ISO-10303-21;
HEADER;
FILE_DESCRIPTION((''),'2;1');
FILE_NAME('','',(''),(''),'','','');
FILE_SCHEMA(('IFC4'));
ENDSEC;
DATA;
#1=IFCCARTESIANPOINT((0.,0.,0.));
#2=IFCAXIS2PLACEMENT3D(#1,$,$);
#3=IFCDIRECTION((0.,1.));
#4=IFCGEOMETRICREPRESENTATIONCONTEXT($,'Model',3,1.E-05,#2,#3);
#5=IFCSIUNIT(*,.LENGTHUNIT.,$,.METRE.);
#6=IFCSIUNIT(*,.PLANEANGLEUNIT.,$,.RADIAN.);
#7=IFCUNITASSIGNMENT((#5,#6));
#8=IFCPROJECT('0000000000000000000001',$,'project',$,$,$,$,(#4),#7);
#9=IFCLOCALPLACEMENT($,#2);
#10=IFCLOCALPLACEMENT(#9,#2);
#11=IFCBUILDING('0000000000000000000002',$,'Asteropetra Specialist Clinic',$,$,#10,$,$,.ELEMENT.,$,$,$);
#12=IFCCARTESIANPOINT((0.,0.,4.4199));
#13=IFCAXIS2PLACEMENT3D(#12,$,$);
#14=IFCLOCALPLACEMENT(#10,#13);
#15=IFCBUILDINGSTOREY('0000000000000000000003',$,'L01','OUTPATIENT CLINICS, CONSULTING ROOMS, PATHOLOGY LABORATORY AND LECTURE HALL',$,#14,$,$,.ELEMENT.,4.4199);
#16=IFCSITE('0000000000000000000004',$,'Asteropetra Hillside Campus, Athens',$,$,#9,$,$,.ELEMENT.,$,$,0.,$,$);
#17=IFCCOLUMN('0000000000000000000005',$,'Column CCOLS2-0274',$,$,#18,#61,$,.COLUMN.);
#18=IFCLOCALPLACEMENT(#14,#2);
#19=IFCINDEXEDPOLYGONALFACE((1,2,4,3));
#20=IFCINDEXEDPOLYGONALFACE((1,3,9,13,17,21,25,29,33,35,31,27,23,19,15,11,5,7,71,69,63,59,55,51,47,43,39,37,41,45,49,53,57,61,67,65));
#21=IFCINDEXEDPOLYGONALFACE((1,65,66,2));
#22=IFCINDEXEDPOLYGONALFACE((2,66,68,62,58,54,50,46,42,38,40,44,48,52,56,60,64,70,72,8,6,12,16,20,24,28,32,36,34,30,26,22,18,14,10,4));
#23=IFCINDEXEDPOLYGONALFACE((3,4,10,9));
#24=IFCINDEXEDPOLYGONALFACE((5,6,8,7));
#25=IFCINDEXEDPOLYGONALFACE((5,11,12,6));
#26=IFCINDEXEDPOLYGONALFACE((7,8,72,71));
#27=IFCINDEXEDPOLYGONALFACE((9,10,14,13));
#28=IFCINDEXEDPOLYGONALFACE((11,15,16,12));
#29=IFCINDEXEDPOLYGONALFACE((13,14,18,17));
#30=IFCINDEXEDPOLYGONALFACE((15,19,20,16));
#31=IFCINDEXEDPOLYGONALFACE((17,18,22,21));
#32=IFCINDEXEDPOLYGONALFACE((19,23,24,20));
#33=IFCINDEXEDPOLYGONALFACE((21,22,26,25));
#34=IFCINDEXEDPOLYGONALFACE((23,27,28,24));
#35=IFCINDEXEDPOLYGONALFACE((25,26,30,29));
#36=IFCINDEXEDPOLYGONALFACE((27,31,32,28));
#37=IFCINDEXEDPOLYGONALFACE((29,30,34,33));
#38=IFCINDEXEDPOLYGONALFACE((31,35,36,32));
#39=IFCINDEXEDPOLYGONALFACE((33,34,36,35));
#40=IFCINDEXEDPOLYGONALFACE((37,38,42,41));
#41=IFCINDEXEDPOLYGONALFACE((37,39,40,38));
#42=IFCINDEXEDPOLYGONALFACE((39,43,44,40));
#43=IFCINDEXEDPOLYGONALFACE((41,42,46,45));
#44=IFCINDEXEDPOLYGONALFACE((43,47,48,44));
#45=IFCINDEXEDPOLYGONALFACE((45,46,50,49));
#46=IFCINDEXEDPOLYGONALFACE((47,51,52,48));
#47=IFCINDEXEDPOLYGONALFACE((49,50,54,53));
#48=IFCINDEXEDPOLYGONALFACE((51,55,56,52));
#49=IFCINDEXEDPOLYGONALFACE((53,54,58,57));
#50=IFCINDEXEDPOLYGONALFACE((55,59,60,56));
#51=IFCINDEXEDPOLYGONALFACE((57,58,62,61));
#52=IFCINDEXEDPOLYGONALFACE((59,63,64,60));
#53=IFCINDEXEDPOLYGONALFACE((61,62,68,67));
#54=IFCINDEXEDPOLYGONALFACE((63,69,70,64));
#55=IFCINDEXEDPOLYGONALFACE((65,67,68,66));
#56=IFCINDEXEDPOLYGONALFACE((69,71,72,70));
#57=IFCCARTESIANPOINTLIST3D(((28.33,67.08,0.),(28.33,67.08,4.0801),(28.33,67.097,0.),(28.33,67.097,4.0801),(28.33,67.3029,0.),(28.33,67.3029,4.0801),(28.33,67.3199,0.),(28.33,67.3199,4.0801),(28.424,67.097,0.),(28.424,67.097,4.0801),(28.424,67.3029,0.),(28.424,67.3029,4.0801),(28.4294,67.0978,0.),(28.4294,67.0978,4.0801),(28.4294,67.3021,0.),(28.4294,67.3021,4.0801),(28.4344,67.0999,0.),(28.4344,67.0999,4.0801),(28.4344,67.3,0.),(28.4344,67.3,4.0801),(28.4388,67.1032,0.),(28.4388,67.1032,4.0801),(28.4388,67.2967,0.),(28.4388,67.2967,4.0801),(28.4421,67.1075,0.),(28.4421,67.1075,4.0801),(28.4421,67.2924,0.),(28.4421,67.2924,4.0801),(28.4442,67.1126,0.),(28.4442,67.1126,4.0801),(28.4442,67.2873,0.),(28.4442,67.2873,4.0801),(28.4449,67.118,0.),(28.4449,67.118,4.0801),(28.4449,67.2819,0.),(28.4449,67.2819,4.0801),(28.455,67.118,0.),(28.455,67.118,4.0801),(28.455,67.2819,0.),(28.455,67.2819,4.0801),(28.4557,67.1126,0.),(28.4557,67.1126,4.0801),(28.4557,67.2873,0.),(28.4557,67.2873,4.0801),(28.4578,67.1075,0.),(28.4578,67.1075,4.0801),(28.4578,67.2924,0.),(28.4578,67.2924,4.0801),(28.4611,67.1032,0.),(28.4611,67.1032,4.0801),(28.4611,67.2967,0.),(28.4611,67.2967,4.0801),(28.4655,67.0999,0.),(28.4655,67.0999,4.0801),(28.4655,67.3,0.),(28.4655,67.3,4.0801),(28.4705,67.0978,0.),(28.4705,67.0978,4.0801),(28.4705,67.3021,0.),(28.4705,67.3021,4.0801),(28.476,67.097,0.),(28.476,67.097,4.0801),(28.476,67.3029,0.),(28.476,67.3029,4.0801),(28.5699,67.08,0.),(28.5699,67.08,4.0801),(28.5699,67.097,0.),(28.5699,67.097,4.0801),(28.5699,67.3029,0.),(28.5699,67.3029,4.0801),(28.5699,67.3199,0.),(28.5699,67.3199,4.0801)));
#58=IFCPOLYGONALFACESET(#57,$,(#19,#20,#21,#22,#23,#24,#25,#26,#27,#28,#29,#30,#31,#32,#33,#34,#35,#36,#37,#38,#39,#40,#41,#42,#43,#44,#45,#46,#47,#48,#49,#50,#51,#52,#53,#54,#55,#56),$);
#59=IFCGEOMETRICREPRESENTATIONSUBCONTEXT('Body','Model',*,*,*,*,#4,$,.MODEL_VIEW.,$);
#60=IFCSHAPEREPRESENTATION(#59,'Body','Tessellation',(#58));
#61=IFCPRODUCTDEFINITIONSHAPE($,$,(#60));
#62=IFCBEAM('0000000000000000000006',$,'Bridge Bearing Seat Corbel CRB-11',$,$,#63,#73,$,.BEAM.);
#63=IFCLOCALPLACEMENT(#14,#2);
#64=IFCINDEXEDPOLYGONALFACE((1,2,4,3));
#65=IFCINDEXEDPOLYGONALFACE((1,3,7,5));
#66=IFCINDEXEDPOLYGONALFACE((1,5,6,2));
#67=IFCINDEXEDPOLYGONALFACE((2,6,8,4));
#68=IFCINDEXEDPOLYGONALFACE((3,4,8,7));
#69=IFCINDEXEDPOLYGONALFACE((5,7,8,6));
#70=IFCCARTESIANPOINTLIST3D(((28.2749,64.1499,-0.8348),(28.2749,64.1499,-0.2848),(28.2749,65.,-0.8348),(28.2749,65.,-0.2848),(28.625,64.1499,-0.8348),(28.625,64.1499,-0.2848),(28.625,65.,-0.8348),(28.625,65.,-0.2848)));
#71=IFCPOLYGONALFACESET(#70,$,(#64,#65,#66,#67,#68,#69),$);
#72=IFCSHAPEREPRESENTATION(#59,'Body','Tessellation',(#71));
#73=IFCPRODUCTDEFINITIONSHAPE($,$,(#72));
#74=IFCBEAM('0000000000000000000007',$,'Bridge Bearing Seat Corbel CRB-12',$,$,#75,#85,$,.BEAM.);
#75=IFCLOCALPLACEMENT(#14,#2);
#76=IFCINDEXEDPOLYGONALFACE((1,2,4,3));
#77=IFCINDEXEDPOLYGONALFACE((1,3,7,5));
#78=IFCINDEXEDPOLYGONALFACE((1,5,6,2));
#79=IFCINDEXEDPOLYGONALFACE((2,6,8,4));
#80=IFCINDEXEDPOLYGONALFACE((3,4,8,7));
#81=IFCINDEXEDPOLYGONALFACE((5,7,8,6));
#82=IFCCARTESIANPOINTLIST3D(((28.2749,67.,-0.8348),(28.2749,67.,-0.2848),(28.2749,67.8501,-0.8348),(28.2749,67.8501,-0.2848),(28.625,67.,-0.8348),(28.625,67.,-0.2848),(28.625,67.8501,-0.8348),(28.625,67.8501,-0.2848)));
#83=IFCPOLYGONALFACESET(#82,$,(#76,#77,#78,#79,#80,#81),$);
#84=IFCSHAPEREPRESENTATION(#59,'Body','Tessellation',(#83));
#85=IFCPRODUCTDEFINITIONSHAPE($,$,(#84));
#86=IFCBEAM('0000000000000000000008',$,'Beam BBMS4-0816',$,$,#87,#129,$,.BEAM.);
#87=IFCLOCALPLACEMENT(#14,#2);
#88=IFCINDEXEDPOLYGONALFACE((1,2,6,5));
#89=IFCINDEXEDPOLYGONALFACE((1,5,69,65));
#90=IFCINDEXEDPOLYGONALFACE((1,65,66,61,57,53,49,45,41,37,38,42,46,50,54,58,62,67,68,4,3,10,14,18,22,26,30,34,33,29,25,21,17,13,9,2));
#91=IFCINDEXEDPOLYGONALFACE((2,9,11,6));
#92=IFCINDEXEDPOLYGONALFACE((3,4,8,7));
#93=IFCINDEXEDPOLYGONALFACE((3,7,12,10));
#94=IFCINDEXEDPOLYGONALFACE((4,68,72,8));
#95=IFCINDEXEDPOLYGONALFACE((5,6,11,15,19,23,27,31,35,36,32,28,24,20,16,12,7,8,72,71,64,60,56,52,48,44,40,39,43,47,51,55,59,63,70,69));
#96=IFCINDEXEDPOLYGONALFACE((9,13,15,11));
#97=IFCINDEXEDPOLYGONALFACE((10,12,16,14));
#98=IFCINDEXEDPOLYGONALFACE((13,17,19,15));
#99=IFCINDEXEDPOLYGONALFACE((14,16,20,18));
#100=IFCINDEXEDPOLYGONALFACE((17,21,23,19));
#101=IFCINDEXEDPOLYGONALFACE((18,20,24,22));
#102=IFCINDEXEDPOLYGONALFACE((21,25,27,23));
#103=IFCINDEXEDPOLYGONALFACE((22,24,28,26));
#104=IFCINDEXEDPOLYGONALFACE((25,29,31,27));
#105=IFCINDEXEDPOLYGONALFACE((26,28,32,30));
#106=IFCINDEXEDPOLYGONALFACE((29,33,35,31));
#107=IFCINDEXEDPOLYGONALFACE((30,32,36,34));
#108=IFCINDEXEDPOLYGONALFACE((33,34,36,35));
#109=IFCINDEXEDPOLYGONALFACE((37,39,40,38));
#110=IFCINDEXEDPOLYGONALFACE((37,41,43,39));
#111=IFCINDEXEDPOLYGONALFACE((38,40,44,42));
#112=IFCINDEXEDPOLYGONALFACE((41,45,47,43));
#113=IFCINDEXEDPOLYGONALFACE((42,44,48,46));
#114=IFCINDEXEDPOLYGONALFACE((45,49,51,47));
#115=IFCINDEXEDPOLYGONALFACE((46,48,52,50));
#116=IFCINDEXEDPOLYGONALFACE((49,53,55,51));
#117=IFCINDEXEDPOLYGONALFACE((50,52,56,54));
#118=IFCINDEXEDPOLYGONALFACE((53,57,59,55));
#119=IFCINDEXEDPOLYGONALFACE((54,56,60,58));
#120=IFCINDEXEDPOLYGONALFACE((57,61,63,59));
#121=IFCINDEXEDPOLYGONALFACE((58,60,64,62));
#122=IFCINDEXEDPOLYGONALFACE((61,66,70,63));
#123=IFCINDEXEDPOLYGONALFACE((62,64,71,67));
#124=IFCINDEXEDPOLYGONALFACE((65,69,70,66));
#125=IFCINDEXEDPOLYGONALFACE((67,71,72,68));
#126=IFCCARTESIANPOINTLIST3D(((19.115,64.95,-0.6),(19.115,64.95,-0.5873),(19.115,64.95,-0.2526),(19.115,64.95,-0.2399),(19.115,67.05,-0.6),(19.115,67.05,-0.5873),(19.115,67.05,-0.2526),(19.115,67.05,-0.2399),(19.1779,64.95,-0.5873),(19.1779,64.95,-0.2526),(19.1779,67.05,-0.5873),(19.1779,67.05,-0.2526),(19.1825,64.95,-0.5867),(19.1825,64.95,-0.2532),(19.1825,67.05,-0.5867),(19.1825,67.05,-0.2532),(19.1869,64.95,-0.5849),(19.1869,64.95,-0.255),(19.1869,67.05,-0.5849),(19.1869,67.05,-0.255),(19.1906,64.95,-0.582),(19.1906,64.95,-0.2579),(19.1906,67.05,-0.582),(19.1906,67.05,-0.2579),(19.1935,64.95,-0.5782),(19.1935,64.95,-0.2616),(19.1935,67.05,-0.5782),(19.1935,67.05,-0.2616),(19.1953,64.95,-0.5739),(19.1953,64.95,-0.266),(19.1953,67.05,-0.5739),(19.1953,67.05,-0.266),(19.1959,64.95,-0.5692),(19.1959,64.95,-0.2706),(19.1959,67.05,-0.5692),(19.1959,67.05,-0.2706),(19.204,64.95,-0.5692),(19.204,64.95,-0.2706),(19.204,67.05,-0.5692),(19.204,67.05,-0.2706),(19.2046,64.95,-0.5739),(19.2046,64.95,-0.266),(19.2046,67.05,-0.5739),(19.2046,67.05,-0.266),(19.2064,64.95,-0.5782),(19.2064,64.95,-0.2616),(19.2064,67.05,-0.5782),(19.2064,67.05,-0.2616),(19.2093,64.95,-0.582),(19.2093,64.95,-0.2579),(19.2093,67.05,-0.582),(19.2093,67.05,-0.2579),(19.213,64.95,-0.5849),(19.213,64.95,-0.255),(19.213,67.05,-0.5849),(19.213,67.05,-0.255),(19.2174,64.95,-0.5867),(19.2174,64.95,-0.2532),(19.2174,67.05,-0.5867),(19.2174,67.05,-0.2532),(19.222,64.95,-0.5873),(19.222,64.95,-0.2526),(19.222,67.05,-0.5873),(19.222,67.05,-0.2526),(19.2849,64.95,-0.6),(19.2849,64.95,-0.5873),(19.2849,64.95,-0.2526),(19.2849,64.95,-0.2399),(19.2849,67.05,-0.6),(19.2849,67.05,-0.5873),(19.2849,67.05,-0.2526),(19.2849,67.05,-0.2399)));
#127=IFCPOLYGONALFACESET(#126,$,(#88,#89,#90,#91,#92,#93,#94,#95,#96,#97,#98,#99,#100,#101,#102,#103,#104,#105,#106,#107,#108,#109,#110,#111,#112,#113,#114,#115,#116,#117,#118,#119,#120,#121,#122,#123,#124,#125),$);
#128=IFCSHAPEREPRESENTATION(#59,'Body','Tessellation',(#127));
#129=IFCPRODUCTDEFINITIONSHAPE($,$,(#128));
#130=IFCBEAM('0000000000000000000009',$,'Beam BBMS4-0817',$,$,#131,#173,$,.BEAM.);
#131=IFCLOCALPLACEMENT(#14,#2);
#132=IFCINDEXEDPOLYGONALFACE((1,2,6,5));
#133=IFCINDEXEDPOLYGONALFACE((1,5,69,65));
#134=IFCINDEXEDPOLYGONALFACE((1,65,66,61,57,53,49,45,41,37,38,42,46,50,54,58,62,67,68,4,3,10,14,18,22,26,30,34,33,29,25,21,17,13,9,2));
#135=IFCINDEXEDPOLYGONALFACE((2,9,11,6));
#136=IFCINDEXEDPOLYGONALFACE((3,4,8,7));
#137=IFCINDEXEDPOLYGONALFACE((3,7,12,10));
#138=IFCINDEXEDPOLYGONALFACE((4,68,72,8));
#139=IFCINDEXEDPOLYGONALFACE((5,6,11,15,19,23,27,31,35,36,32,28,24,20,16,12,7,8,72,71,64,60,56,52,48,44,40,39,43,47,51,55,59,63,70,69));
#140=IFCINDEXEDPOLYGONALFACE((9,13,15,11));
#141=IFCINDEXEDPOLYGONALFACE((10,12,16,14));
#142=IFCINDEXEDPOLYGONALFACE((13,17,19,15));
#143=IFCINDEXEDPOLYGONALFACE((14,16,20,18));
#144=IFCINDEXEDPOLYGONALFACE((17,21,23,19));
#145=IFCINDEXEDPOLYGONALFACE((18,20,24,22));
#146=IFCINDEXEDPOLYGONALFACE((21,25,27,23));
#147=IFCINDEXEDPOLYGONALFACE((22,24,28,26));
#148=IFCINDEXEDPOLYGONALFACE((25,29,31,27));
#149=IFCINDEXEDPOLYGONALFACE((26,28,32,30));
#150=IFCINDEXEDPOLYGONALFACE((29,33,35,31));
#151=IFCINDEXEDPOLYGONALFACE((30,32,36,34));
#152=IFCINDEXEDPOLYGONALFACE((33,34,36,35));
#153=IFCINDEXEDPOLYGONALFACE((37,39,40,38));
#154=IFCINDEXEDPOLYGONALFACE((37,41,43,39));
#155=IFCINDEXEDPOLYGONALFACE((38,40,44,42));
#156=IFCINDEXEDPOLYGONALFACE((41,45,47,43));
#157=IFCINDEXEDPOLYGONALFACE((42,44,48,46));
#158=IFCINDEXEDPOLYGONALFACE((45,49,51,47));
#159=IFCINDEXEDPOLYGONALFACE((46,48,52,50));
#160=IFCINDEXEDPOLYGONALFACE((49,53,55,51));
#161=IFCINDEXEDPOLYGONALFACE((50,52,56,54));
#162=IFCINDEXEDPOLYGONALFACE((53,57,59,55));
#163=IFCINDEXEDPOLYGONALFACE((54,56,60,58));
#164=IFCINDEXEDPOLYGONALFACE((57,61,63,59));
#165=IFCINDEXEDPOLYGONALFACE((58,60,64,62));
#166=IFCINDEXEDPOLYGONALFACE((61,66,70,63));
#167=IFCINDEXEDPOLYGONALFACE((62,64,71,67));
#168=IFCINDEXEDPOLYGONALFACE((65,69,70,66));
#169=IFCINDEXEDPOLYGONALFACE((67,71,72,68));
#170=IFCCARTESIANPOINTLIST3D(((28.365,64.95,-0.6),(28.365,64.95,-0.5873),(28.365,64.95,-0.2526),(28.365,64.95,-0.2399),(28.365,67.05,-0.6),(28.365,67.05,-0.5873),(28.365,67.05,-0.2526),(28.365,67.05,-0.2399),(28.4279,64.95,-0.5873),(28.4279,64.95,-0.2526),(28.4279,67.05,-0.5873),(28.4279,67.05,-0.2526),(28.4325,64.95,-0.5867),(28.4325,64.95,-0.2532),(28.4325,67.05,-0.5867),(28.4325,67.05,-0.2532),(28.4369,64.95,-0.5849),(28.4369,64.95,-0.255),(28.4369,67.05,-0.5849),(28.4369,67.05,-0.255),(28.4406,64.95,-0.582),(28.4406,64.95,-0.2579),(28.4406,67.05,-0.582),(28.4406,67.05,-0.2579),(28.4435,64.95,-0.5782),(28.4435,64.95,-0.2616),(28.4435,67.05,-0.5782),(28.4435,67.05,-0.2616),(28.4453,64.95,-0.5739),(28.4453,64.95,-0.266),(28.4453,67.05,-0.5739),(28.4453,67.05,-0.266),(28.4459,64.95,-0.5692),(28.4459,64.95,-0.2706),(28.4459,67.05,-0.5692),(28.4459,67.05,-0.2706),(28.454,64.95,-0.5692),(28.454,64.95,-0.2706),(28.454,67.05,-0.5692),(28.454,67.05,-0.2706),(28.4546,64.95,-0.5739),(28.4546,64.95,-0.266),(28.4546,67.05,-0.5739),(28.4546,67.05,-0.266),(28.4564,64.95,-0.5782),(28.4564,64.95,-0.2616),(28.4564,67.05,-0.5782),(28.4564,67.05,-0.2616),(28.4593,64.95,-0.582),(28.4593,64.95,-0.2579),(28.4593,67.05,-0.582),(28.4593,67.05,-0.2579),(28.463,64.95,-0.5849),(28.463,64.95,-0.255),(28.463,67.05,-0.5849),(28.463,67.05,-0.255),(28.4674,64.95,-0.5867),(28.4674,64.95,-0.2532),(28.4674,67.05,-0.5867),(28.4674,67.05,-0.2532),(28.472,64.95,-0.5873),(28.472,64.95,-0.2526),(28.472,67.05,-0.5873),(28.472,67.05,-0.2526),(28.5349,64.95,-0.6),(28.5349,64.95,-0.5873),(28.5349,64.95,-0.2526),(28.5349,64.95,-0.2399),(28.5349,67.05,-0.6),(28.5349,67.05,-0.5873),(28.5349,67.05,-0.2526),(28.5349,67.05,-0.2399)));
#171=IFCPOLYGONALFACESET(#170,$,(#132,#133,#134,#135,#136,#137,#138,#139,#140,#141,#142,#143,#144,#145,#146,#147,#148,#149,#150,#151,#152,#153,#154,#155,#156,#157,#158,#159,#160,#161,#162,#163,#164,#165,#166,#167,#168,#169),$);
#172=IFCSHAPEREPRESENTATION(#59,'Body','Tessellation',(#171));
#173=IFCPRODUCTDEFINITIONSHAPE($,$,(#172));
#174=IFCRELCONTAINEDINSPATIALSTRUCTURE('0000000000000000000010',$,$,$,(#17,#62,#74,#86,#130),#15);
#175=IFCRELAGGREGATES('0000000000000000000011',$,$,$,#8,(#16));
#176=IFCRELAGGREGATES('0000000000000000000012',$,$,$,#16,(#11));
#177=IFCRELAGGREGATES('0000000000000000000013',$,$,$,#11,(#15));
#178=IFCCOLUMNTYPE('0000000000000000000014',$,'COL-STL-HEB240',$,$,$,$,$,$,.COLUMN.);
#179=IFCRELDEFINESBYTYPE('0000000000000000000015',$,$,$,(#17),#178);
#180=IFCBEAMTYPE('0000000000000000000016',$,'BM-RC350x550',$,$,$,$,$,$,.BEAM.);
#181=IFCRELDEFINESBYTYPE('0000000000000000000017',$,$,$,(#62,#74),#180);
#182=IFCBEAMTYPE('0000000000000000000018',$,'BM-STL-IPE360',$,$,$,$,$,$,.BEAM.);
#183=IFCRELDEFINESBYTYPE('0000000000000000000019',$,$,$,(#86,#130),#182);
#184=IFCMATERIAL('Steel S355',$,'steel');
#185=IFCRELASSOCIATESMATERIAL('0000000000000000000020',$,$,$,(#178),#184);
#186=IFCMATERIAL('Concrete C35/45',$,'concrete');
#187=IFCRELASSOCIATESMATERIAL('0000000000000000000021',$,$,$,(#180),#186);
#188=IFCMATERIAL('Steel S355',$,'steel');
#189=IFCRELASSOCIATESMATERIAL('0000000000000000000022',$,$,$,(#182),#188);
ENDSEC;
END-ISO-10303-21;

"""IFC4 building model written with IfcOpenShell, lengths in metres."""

from ifc_helpers import new_model, si_unit, direction, frame, origin, origin_2d, place, context, subcontext, project, spatial, rectangle, i_section, extrude, material, material_profile, profile_set, type_object, element, save


model = new_model("IFC4")

# Units and contexts
model_context = context("Model", 3, precision=1e-05, world=origin(), true_north=direction((0.0, 1.0)))
body_context = subcontext(model_context, "Body", "Model", "MODEL_VIEW")
ifc_project = project(units=[si_unit("LENGTHUNIT", "METRE"), si_unit("PLANEANGLEUNIT", "RADIAN")], contexts=[model_context])

# Site, building, storey
site_placement = place(None, origin())
site = spatial("IfcSite", under=ifc_project, at=site_placement, Name="Asteropetra Hillside Campus, Athens", CompositionType="ELEMENT", RefElevation=0.0)
building_placement = place(site_placement, origin())
building = spatial("IfcBuilding", under=site, at=building_placement, Name="Asteropetra Specialist Clinic", CompositionType="ELEMENT")
storey_placement = place(building_placement, frame((0.0, 0.0, 4.4199)))
storey = spatial("IfcBuildingStorey", under=building, at=storey_placement, Name="L01", Description="OUTPATIENT CLINICS, CONSULTING ROOMS, PATHOLOGY LABORATORY AND LECTURE HALL", CompositionType="ELEMENT", Elevation=4.4199)

# Column
ifc_material_1 = material(Name="Steel S355", Category="steel")
ifc_material_profile_1 = material_profile(ifc_material_1, i_section(OverallWidth=0.24, OverallDepth=0.24, WebThickness=0.01, FlangeThickness=0.0171, FilletRadius=0.021, at=origin_2d()), Name="HEB 240")
ifc_profile_set_1 = profile_set([ifc_material_profile_1], Name="Steel S355")
column_type_1 = type_object("IfcColumnType", Name="COL-STL-HEB240", PredefinedType="COLUMN", material=ifc_profile_set_1)
for number, where, z_axis, x_axis, name in (
    (1, (28.45, 67.2, 0.0), (0.0, 0.0, 1.0), (1.0, 0.0, 0.0), "Column CCOLS2-0274"),
):
    element("IfcColumn", number, at=place(storey_placement, frame(where, z_axis=z_axis, x_axis=x_axis)), inside=storey, type_object=column_type_1, Name=name, PredefinedType="COLUMN", context=body_context, shape_type="SweptSolid", body=[
        extrude(i_section(OverallWidth=0.24, OverallDepth=0.24, WebThickness=0.01, FlangeThickness=0.0171, FilletRadius=0.021, at=origin_2d()), origin(), (0.0, 0.0, 1.0), 4.0801),
    ])

# Beams
ifc_material_2 = material(Name="Concrete C35/45", Category="concrete")
ifc_material_profile_2 = material_profile(ifc_material_2, rectangle(XDim=0.3501, YDim=0.55, at=origin_2d()), Name="RCB 350x550")
ifc_profile_set_2 = profile_set([ifc_material_profile_2], Name="Concrete C35/45")
beam_type_1 = type_object("IfcBeamType", Name="BM-RC350x550", PredefinedType="BEAM", material=ifc_profile_set_2)
for number, where, z_axis, x_axis, name in (
    (2, (28.45, 65.0, -0.5598), (0.0, -1.0, 0.0), (1.0, 0.0, 0.0), "Bridge Bearing Seat Corbel CRB-11"),
    (3, (28.45, 67.0, -0.5598), (0.0, 1.0, 0.0), (-1.0, 0.0, 0.0), "Bridge Bearing Seat Corbel CRB-12"),
):
    element("IfcBeam", number, at=place(storey_placement, frame(where, z_axis=z_axis, x_axis=x_axis)), inside=storey, type_object=beam_type_1, Name=name, PredefinedType="BEAM", context=body_context, shape_type="SweptSolid", body=[
        extrude(rectangle(XDim=0.3501, YDim=0.55, at=origin_2d()), origin(), (0.0, 0.0, 1.0), 0.8501),
    ])
ifc_material_3 = material(Name="Steel S355", Category="steel")
ifc_material_profile_3 = material_profile(ifc_material_3, i_section(OverallWidth=0.1699, OverallDepth=0.3601, WebThickness=0.0081, FlangeThickness=0.0127, FilletRadius=0.0181, at=origin_2d()), Name="IPE 360")
ifc_profile_set_3 = profile_set([ifc_material_profile_3], Name="Steel S355")
beam_type_2 = type_object("IfcBeamType", Name="BM-STL-IPE360", PredefinedType="BEAM", material=ifc_profile_set_3)
for number, where, z_axis, x_axis, name in (
    (4, (19.2, 64.95, -0.4199), (0.0, 1.0, 0.0), (-1.0, 0.0, 0.0), "Beam BBMS4-0816"),
    (5, (28.45, 64.95, -0.4199), (0.0, 1.0, 0.0), (-1.0, 0.0, 0.0), "Beam BBMS4-0817"),
):
    element("IfcBeam", number, at=place(storey_placement, frame(where, z_axis=z_axis, x_axis=x_axis)), inside=storey, type_object=beam_type_2, Name=name, PredefinedType="BEAM", context=body_context, shape_type="SweptSolid", body=[
        extrude(i_section(OverallWidth=0.1699, OverallDepth=0.3601, WebThickness=0.0081, FlangeThickness=0.0127, FilletRadius=0.0181, at=origin_2d()), origin(), (0.0, 0.0, 1.0), 2.1001),
    ])

save(model, "model.ifc")
